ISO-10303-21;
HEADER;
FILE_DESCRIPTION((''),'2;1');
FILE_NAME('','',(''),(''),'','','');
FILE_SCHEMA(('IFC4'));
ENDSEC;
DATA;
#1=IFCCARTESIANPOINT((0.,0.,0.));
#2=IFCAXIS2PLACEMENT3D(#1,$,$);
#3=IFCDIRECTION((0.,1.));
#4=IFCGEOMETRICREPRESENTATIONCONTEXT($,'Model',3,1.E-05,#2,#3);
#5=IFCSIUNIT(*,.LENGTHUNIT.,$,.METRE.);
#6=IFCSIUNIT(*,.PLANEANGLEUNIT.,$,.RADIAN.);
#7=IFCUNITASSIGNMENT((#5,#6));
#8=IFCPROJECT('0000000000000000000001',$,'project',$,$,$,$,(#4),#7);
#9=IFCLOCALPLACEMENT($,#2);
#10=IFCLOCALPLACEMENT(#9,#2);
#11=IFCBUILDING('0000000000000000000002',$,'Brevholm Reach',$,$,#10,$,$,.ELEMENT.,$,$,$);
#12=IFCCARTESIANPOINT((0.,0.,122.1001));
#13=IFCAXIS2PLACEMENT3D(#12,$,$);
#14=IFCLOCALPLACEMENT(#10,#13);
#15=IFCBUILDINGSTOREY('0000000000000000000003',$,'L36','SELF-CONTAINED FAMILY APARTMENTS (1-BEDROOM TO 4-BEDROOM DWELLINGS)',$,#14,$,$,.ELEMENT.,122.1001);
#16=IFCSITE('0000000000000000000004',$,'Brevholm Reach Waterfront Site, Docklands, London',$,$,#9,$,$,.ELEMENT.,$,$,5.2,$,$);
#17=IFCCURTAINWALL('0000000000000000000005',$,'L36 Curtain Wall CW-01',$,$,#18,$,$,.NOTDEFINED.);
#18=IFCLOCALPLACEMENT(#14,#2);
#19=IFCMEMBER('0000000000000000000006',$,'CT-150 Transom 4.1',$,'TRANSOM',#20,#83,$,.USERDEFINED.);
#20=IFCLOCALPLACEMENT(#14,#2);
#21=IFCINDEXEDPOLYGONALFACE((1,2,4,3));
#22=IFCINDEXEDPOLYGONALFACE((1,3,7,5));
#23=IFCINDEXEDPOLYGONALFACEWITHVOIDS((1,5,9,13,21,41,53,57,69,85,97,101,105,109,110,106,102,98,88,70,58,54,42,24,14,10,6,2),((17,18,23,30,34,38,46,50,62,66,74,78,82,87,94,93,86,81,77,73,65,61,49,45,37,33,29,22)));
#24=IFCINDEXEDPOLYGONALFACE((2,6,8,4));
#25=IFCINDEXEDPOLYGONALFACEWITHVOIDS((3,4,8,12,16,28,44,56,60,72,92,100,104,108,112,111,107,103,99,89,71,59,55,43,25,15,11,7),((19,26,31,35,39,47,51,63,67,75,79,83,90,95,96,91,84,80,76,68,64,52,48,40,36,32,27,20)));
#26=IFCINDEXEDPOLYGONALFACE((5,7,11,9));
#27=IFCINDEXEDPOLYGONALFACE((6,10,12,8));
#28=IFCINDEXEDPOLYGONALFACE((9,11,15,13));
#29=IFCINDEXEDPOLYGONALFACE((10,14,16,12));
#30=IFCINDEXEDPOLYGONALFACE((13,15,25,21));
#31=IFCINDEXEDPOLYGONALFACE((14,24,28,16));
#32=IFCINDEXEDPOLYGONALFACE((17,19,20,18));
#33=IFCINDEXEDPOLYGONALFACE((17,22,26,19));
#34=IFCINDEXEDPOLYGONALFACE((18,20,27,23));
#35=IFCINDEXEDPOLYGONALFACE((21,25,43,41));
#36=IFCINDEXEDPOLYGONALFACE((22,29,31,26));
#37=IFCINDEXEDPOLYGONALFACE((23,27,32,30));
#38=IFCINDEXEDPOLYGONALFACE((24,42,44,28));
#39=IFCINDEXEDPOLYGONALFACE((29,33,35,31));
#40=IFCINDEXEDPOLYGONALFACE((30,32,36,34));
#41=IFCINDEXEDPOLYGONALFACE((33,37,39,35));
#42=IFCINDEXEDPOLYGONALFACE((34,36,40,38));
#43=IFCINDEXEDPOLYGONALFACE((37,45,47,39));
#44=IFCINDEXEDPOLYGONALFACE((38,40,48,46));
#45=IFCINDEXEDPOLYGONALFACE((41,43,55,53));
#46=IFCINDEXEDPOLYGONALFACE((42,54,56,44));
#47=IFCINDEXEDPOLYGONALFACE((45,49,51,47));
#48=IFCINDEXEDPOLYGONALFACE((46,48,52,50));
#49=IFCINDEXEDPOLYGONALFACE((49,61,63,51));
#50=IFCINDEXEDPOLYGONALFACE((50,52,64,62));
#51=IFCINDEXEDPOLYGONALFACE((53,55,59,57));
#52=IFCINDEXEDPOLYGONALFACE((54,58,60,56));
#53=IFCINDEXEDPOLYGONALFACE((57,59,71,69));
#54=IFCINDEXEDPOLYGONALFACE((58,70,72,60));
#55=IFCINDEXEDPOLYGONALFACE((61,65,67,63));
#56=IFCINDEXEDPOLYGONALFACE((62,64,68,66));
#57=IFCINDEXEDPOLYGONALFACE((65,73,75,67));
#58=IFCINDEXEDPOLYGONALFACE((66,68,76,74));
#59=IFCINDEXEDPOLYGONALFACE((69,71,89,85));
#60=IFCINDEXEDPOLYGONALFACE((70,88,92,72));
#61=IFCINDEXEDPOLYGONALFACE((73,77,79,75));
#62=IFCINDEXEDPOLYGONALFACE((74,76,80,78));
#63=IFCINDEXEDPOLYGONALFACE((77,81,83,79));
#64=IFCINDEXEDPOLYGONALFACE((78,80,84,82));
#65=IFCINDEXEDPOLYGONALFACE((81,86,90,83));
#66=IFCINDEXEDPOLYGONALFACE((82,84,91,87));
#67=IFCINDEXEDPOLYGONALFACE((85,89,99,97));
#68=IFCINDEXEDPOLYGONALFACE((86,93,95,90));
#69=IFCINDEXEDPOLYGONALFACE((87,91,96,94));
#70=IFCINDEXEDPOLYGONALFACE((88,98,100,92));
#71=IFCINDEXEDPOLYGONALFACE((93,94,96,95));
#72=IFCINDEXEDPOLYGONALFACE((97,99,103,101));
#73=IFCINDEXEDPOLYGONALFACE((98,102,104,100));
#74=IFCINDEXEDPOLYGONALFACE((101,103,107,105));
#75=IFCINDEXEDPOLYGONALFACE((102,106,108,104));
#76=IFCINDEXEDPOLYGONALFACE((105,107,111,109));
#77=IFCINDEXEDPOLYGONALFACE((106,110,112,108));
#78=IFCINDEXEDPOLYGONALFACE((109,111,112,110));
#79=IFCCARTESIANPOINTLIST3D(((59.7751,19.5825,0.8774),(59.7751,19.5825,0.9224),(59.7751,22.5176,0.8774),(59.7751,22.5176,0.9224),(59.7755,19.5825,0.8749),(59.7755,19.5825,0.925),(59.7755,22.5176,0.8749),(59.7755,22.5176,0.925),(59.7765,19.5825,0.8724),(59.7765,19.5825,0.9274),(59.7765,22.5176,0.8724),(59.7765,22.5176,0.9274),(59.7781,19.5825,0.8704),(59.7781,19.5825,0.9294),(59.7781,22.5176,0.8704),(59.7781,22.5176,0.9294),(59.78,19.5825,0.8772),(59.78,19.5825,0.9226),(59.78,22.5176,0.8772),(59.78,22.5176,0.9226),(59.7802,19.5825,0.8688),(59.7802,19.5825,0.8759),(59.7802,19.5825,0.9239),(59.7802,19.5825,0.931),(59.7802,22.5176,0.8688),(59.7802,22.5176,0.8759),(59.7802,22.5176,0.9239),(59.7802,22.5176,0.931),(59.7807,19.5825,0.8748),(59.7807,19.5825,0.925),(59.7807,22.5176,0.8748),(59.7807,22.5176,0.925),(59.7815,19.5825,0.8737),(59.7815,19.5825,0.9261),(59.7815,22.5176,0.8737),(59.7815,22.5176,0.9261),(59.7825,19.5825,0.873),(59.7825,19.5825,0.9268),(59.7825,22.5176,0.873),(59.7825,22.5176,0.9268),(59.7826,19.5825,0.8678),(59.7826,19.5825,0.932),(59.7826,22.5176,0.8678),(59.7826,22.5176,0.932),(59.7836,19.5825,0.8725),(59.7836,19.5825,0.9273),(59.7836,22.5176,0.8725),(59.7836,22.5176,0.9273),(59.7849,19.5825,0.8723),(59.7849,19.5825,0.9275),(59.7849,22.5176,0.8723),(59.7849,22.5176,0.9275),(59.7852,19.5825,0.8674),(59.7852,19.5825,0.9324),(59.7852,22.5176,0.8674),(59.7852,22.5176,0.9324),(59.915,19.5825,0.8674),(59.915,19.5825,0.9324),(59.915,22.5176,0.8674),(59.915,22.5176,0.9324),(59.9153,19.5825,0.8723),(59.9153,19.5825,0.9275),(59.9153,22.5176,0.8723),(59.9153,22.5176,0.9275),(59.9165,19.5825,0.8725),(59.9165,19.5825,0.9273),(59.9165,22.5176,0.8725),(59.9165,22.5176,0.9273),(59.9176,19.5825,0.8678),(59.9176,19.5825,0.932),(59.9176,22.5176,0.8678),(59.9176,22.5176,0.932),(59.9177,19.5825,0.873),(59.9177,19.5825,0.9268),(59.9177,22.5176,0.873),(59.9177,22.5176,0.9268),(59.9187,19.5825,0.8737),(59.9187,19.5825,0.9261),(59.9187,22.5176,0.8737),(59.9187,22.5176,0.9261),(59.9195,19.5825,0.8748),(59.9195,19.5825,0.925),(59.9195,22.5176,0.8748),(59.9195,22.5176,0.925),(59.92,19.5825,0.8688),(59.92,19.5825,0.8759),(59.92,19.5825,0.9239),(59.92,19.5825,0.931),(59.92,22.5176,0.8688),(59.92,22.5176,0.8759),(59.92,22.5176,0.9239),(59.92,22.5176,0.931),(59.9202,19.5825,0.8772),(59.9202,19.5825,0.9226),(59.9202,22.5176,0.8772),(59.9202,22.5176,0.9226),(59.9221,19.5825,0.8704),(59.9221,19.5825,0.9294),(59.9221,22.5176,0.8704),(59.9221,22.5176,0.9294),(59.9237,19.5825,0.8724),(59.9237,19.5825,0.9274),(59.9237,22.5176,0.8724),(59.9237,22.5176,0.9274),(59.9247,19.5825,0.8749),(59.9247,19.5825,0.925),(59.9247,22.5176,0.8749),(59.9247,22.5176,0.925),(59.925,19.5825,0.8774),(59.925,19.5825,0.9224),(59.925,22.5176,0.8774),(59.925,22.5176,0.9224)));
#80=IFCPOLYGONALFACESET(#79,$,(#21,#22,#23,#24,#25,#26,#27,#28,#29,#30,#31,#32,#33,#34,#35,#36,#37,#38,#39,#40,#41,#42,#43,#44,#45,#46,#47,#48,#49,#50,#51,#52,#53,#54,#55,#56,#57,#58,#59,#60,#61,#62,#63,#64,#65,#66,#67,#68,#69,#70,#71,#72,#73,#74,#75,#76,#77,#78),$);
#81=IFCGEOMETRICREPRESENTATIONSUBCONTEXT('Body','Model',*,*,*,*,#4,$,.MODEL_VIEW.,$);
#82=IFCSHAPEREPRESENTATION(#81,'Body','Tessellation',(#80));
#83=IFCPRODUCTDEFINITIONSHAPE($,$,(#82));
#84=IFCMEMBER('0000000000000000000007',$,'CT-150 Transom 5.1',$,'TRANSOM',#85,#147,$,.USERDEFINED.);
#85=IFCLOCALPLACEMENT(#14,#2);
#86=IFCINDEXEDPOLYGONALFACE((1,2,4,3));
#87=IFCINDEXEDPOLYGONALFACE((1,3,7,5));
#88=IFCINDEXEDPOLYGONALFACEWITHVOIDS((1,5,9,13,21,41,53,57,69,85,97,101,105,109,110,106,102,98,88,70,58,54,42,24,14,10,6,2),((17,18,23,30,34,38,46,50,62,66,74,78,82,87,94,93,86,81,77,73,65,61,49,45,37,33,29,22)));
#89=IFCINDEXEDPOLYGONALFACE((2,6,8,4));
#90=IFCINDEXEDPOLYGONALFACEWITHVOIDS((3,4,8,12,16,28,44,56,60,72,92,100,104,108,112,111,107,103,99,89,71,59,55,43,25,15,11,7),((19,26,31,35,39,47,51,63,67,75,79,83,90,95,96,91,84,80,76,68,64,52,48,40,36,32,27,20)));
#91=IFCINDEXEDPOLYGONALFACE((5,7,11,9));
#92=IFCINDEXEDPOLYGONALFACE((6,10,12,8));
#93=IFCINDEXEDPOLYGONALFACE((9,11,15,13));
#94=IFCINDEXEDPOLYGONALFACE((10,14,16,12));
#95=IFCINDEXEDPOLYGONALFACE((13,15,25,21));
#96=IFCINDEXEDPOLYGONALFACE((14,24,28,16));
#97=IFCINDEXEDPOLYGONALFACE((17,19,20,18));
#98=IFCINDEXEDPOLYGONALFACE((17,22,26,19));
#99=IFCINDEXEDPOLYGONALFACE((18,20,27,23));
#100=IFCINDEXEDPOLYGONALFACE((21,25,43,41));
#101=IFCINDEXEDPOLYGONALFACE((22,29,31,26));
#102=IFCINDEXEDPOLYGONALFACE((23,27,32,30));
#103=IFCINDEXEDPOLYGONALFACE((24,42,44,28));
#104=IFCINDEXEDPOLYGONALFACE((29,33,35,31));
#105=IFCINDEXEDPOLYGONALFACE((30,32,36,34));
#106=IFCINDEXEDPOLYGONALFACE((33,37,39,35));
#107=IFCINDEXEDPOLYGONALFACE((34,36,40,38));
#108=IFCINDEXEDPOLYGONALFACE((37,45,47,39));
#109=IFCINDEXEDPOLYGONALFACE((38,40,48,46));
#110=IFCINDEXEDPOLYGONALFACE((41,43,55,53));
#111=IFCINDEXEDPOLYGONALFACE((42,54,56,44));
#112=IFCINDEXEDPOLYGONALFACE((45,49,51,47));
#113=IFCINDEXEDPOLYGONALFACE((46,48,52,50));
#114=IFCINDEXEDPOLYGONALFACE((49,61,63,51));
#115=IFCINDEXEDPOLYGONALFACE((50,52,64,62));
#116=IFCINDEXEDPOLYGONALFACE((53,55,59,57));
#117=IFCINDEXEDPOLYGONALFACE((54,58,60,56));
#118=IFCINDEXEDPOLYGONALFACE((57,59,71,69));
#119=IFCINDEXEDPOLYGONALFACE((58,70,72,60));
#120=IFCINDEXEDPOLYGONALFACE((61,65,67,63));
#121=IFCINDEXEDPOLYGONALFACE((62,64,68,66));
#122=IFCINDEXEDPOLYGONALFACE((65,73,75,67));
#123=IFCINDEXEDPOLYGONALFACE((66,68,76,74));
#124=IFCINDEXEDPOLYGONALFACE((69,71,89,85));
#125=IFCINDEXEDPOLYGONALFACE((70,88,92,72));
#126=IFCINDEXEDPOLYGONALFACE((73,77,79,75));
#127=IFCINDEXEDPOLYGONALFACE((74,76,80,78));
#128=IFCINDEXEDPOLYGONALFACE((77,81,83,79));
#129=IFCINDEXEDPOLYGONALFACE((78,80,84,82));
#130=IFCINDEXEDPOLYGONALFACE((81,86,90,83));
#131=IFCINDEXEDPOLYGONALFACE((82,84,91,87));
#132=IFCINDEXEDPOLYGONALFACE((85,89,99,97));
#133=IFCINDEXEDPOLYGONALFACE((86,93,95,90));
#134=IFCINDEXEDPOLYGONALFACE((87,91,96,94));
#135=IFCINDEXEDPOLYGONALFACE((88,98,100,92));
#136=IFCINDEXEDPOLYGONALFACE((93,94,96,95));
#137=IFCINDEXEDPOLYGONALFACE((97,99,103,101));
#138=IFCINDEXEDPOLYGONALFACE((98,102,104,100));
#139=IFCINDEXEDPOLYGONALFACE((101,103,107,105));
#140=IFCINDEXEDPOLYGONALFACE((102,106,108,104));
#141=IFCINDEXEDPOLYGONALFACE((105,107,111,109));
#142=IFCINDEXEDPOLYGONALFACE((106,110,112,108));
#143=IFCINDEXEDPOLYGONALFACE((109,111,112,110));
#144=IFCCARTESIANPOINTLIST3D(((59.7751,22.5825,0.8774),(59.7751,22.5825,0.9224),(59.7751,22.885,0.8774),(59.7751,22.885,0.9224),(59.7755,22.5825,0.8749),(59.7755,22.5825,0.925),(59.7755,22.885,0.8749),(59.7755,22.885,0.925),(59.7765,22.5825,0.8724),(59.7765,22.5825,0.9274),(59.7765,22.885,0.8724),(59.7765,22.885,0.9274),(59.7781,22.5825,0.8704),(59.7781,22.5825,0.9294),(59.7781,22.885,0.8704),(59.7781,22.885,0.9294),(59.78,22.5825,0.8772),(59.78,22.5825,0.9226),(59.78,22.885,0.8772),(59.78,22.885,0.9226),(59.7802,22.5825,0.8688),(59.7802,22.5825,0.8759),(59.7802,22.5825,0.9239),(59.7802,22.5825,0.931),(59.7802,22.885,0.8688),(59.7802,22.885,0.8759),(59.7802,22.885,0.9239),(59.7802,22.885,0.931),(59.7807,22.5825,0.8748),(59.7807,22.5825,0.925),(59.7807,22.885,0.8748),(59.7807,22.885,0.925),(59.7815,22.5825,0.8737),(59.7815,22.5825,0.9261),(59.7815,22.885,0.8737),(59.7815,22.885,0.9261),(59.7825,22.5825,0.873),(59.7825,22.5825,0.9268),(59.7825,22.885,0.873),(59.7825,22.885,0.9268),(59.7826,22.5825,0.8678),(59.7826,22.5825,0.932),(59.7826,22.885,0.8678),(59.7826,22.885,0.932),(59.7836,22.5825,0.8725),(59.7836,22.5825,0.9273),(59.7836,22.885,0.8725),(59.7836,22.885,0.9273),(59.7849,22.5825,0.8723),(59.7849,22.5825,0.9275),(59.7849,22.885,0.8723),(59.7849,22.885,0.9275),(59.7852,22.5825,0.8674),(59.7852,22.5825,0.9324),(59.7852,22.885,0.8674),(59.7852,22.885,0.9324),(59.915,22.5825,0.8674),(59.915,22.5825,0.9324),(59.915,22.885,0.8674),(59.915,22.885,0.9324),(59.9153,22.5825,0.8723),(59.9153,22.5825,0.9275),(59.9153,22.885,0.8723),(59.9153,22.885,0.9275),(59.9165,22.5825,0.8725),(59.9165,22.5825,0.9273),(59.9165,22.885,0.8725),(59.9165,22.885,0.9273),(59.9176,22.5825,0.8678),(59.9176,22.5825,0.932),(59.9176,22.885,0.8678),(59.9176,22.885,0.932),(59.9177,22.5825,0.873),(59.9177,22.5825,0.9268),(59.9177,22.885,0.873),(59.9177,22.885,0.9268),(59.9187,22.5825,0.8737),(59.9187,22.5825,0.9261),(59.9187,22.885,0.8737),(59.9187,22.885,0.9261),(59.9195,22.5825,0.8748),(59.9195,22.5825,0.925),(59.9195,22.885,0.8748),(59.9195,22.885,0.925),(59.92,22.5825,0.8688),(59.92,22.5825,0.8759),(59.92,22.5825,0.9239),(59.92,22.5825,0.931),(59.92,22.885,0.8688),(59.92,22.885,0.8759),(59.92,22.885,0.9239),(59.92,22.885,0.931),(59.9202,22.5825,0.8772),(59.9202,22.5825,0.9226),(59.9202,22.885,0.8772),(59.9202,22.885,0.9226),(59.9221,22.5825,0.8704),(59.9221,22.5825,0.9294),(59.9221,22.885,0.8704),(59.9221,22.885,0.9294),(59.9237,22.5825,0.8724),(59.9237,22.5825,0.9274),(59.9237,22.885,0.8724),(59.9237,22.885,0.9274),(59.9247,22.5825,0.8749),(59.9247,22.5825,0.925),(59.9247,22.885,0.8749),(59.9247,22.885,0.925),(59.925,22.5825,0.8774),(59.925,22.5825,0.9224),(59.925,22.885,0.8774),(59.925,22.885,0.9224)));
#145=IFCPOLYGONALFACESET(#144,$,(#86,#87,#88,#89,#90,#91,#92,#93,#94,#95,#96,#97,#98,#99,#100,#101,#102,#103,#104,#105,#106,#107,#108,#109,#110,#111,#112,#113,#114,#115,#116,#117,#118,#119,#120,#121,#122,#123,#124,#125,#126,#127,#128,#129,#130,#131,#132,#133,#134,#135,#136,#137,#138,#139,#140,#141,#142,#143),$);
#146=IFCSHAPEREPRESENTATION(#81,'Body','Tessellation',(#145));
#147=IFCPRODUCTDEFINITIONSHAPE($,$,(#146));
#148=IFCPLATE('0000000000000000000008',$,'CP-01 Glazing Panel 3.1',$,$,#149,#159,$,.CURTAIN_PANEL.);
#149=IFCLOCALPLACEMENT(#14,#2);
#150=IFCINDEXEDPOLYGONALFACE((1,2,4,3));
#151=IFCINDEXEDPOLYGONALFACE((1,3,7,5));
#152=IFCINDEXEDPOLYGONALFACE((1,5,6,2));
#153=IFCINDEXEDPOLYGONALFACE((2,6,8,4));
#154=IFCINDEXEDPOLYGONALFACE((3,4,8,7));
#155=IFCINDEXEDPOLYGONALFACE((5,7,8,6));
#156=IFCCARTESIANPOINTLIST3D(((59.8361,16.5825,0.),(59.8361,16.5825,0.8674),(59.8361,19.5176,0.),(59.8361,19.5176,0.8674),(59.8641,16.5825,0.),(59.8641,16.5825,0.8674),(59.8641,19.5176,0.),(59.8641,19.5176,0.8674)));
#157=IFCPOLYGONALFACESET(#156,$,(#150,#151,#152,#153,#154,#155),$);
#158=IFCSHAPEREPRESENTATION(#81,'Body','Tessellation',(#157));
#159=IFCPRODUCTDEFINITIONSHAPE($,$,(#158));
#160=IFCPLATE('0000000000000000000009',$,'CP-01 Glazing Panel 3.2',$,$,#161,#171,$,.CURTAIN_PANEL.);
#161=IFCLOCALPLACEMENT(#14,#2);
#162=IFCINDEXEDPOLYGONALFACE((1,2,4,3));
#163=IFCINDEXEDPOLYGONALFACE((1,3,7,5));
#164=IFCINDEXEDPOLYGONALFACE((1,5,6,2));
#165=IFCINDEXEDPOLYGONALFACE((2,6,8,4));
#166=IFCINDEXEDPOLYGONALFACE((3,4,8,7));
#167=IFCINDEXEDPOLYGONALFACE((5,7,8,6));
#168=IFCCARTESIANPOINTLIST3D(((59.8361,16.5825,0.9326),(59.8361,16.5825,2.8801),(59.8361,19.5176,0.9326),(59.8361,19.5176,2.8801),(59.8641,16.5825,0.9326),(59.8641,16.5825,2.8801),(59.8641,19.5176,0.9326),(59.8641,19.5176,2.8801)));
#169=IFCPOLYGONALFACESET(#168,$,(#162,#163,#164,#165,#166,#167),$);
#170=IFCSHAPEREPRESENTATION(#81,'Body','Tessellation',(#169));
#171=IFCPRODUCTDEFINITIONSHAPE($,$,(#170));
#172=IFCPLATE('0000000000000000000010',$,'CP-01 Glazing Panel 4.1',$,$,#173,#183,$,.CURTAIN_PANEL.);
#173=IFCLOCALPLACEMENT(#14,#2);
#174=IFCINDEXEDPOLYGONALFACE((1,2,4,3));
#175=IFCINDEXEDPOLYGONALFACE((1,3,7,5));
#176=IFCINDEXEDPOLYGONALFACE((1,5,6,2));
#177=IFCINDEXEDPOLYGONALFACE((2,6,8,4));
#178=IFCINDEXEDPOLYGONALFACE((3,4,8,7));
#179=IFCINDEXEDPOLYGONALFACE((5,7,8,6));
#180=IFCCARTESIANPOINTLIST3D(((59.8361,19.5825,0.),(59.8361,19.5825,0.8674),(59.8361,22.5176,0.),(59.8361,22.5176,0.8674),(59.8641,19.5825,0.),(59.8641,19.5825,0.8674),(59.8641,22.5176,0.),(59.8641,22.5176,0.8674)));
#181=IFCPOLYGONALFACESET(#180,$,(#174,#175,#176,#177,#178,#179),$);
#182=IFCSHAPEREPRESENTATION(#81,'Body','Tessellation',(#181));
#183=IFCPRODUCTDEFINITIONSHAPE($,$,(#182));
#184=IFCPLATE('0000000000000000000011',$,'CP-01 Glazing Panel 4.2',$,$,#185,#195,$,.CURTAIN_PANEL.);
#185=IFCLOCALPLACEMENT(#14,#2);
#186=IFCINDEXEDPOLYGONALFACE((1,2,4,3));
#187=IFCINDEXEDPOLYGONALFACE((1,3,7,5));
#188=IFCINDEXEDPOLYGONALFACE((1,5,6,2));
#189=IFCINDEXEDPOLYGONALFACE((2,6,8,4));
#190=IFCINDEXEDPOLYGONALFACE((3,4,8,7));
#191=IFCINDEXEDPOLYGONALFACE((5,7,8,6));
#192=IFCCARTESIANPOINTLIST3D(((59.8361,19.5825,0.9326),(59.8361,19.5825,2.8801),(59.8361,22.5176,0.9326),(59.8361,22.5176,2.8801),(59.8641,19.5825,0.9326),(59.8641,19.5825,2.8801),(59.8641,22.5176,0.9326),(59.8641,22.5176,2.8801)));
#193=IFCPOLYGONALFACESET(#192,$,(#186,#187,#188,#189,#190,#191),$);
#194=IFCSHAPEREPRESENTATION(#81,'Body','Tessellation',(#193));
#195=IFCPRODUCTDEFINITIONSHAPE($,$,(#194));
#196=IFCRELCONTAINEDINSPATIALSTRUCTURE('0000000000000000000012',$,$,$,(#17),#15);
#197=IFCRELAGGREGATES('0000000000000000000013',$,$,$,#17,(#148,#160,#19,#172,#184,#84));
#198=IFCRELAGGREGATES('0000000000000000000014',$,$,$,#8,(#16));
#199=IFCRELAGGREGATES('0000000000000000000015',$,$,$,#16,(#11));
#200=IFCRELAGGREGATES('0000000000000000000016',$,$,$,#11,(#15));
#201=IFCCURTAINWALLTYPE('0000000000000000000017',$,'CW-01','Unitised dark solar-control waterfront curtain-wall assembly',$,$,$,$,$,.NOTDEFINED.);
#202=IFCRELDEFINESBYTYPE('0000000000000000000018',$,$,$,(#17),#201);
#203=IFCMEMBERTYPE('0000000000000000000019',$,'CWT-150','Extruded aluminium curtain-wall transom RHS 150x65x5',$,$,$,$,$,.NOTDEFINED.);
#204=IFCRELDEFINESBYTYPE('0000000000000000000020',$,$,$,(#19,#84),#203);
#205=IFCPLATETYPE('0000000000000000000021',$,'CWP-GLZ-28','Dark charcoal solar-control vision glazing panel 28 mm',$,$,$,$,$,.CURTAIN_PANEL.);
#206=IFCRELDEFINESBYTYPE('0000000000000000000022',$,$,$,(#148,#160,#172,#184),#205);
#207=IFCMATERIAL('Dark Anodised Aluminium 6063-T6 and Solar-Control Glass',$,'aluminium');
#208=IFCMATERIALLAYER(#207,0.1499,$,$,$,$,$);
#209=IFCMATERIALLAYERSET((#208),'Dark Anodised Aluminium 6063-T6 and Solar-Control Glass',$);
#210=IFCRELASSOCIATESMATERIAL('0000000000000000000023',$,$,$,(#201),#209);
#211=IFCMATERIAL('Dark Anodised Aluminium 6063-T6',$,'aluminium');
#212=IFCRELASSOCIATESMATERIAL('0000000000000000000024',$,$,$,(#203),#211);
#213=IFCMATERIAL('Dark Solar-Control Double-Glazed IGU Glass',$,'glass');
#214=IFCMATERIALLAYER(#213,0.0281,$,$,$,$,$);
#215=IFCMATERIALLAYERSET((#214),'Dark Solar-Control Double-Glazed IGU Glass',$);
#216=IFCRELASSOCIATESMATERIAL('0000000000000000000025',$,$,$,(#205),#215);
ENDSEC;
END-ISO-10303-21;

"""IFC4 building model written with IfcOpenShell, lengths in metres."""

from ifc_helpers import new_model, si_unit, direction, frame, origin, origin_2d, place, context, subcontext, project, spatial, rectangle, hollow_rectangle, extrude, material, layer, layer_set, material_profile, profile_set, type_object, element, aggregate, save


model = new_model("IFC4")

# Units and contexts
model_context = context("Model", 3, precision=1e-05, world=origin(), true_north=direction((0.0, 1.0)))
body_context = subcontext(model_context, "Body", "Model", "MODEL_VIEW")
ifc_project = project(units=[si_unit("LENGTHUNIT", "METRE"), si_unit("PLANEANGLEUNIT", "RADIAN")], contexts=[model_context])

# Site, building, storey
site_placement = place(None, origin())
site = spatial("IfcSite", under=ifc_project, at=site_placement, Name="Brevholm Reach Waterfront Site, Docklands, London", CompositionType="ELEMENT", RefElevation=5.2)
building_placement = place(site_placement, origin())
building = spatial("IfcBuilding", under=site, at=building_placement, Name="Brevholm Reach", CompositionType="ELEMENT")
storey_placement = place(building_placement, frame((0.0, 0.0, 122.1001)))
storey = spatial("IfcBuildingStorey", under=building, at=storey_placement, Name="L36", Description="SELF-CONTAINED FAMILY APARTMENTS (1-BEDROOM TO 4-BEDROOM DWELLINGS)", CompositionType="ELEMENT", Elevation=122.1001)

# Curtain wall, members, plates
ifc_material_1 = material(Name="Dark Anodised Aluminium 6063-T6 and Solar-Control Glass", Category="aluminium")
ifc_layer_1 = layer(ifc_material_1, 0.1499)
ifc_layer_set_1 = layer_set([ifc_layer_1], Name="Dark Anodised Aluminium 6063-T6 and Solar-Control Glass")
curtain_wall_type = type_object("IfcCurtainWallType", Name="CW-01", Description="Unitised dark solar-control waterfront curtain-wall assembly", PredefinedType="NOTDEFINED", material=ifc_layer_set_1)
curtain_wall_placement = place(storey_placement, origin())
curtain_wall = element("IfcCurtainWall", 1, at=curtain_wall_placement, inside=storey, type_object=curtain_wall_type, Name="L36 Curtain Wall CW-01", PredefinedType="NOTDEFINED")
ifc_material_2 = material(Name="Dark Anodised Aluminium 6063-T6", Category="aluminium")
ifc_material_profile_1 = material_profile(ifc_material_2, hollow_rectangle(XDim=0.0649, YDim=0.1499, WallThickness=0.0049, InnerFilletRadius=0.0049, OuterFilletRadius=0.01, at=origin_2d()), Name="RHS 150x65x5")
ifc_profile_set_1 = profile_set([ifc_material_profile_1], Name="Dark Anodised Aluminium 6063-T6")
member_type_1 = type_object("IfcMemberType", Name="CWT-150", Description="Extruded aluminium curtain-wall transom RHS 150x65x5", PredefinedType="NOTDEFINED", material=ifc_profile_set_1)
member_1_placement = place(storey_placement, frame((59.8501, 19.5825, 0.8999), z_axis=(0.0, 1.0, 0.0), x_axis=(0.0, 0.0, 1.0)))
member_1 = element("IfcMember", 2, at=member_1_placement, type_object=member_type_1, Name="CT-150 Transom 4.1", ObjectType="TRANSOM", PredefinedType="USERDEFINED", context=body_context, shape_type="SweptSolid", body=[
    extrude(hollow_rectangle(XDim=0.0649, YDim=0.1499, WallThickness=0.0049, InnerFilletRadius=0.0049, OuterFilletRadius=0.01, at=origin_2d()), origin(), (0.0, 0.0, 1.0), 2.9351),
])
member_2_placement = place(storey_placement, frame((59.8501, 22.5825, 0.8999), z_axis=(0.0, 1.0, 0.0), x_axis=(0.0, 0.0, 1.0)))
member_2 = element("IfcMember", 3, at=member_2_placement, type_object=member_type_1, Name="CT-150 Transom 5.1", ObjectType="TRANSOM", PredefinedType="USERDEFINED", context=body_context, shape_type="SweptSolid", body=[
    extrude(hollow_rectangle(XDim=0.0649, YDim=0.1499, WallThickness=0.0049, InnerFilletRadius=0.0049, OuterFilletRadius=0.01, at=origin_2d()), origin(), (0.0, 0.0, 1.0), 0.3025),
])
ifc_material_3 = material(Name="Dark Solar-Control Double-Glazed IGU Glass", Category="glass")
ifc_layer_2 = layer(ifc_material_3, 0.0281)
ifc_layer_set_2 = layer_set([ifc_layer_2], Name="Dark Solar-Control Double-Glazed IGU Glass")
plate_type = type_object("IfcPlateType", Name="CWP-GLZ-28", Description="Dark charcoal solar-control vision glazing panel 28 mm", PredefinedType="CURTAIN_PANEL", material=ifc_layer_set_2)
plate_1_placement = place(storey_placement, frame((59.8501, 18.05, 0.0), z_axis=(0.0, 0.0, 1.0), x_axis=(0.0, 1.0, 0.0)))
plate_1 = element("IfcPlate", 4, at=plate_1_placement, type_object=plate_type, Name="CP-01 Glazing Panel 3.1", PredefinedType="CURTAIN_PANEL", context=body_context, shape_type="SweptSolid", body=[
    extrude(rectangle(XDim=2.9351, YDim=0.0281, at=origin_2d()), origin(), (0.0, 0.0, 1.0), 0.8674),
])
plate_2_placement = place(storey_placement, frame((59.8501, 18.05, 0.9326), z_axis=(0.0, 0.0, 1.0), x_axis=(0.0, 1.0, 0.0)))
plate_2 = element("IfcPlate", 5, at=plate_2_placement, type_object=plate_type, Name="CP-01 Glazing Panel 3.2", PredefinedType="CURTAIN_PANEL", context=body_context, shape_type="SweptSolid", body=[
    extrude(rectangle(XDim=2.9351, YDim=0.0281, at=origin_2d()), origin(), (0.0, 0.0, 1.0), 1.9475),
])
plate_3_placement = place(storey_placement, frame((59.8501, 21.05, 0.0), z_axis=(0.0, 0.0, 1.0), x_axis=(0.0, 1.0, 0.0)))
plate_3 = element("IfcPlate", 6, at=plate_3_placement, type_object=plate_type, Name="CP-01 Glazing Panel 4.1", PredefinedType="CURTAIN_PANEL", context=body_context, shape_type="SweptSolid", body=[
    extrude(rectangle(XDim=2.9351, YDim=0.0281, at=origin_2d()), origin(), (0.0, 0.0, 1.0), 0.8674),
])
plate_4_placement = place(storey_placement, frame((59.8501, 21.05, 0.9326), z_axis=(0.0, 0.0, 1.0), x_axis=(0.0, 1.0, 0.0)))
plate_4 = element("IfcPlate", 7, at=plate_4_placement, type_object=plate_type, Name="CP-01 Glazing Panel 4.2", PredefinedType="CURTAIN_PANEL", context=body_context, shape_type="SweptSolid", body=[
    extrude(rectangle(XDim=2.9351, YDim=0.0281, at=origin_2d()), origin(), (0.0, 0.0, 1.0), 1.9475),
])
aggregate(curtain_wall, [plate_1, plate_2, member_1, plate_3, plate_4, member_2])

save(model, "model.ifc")
